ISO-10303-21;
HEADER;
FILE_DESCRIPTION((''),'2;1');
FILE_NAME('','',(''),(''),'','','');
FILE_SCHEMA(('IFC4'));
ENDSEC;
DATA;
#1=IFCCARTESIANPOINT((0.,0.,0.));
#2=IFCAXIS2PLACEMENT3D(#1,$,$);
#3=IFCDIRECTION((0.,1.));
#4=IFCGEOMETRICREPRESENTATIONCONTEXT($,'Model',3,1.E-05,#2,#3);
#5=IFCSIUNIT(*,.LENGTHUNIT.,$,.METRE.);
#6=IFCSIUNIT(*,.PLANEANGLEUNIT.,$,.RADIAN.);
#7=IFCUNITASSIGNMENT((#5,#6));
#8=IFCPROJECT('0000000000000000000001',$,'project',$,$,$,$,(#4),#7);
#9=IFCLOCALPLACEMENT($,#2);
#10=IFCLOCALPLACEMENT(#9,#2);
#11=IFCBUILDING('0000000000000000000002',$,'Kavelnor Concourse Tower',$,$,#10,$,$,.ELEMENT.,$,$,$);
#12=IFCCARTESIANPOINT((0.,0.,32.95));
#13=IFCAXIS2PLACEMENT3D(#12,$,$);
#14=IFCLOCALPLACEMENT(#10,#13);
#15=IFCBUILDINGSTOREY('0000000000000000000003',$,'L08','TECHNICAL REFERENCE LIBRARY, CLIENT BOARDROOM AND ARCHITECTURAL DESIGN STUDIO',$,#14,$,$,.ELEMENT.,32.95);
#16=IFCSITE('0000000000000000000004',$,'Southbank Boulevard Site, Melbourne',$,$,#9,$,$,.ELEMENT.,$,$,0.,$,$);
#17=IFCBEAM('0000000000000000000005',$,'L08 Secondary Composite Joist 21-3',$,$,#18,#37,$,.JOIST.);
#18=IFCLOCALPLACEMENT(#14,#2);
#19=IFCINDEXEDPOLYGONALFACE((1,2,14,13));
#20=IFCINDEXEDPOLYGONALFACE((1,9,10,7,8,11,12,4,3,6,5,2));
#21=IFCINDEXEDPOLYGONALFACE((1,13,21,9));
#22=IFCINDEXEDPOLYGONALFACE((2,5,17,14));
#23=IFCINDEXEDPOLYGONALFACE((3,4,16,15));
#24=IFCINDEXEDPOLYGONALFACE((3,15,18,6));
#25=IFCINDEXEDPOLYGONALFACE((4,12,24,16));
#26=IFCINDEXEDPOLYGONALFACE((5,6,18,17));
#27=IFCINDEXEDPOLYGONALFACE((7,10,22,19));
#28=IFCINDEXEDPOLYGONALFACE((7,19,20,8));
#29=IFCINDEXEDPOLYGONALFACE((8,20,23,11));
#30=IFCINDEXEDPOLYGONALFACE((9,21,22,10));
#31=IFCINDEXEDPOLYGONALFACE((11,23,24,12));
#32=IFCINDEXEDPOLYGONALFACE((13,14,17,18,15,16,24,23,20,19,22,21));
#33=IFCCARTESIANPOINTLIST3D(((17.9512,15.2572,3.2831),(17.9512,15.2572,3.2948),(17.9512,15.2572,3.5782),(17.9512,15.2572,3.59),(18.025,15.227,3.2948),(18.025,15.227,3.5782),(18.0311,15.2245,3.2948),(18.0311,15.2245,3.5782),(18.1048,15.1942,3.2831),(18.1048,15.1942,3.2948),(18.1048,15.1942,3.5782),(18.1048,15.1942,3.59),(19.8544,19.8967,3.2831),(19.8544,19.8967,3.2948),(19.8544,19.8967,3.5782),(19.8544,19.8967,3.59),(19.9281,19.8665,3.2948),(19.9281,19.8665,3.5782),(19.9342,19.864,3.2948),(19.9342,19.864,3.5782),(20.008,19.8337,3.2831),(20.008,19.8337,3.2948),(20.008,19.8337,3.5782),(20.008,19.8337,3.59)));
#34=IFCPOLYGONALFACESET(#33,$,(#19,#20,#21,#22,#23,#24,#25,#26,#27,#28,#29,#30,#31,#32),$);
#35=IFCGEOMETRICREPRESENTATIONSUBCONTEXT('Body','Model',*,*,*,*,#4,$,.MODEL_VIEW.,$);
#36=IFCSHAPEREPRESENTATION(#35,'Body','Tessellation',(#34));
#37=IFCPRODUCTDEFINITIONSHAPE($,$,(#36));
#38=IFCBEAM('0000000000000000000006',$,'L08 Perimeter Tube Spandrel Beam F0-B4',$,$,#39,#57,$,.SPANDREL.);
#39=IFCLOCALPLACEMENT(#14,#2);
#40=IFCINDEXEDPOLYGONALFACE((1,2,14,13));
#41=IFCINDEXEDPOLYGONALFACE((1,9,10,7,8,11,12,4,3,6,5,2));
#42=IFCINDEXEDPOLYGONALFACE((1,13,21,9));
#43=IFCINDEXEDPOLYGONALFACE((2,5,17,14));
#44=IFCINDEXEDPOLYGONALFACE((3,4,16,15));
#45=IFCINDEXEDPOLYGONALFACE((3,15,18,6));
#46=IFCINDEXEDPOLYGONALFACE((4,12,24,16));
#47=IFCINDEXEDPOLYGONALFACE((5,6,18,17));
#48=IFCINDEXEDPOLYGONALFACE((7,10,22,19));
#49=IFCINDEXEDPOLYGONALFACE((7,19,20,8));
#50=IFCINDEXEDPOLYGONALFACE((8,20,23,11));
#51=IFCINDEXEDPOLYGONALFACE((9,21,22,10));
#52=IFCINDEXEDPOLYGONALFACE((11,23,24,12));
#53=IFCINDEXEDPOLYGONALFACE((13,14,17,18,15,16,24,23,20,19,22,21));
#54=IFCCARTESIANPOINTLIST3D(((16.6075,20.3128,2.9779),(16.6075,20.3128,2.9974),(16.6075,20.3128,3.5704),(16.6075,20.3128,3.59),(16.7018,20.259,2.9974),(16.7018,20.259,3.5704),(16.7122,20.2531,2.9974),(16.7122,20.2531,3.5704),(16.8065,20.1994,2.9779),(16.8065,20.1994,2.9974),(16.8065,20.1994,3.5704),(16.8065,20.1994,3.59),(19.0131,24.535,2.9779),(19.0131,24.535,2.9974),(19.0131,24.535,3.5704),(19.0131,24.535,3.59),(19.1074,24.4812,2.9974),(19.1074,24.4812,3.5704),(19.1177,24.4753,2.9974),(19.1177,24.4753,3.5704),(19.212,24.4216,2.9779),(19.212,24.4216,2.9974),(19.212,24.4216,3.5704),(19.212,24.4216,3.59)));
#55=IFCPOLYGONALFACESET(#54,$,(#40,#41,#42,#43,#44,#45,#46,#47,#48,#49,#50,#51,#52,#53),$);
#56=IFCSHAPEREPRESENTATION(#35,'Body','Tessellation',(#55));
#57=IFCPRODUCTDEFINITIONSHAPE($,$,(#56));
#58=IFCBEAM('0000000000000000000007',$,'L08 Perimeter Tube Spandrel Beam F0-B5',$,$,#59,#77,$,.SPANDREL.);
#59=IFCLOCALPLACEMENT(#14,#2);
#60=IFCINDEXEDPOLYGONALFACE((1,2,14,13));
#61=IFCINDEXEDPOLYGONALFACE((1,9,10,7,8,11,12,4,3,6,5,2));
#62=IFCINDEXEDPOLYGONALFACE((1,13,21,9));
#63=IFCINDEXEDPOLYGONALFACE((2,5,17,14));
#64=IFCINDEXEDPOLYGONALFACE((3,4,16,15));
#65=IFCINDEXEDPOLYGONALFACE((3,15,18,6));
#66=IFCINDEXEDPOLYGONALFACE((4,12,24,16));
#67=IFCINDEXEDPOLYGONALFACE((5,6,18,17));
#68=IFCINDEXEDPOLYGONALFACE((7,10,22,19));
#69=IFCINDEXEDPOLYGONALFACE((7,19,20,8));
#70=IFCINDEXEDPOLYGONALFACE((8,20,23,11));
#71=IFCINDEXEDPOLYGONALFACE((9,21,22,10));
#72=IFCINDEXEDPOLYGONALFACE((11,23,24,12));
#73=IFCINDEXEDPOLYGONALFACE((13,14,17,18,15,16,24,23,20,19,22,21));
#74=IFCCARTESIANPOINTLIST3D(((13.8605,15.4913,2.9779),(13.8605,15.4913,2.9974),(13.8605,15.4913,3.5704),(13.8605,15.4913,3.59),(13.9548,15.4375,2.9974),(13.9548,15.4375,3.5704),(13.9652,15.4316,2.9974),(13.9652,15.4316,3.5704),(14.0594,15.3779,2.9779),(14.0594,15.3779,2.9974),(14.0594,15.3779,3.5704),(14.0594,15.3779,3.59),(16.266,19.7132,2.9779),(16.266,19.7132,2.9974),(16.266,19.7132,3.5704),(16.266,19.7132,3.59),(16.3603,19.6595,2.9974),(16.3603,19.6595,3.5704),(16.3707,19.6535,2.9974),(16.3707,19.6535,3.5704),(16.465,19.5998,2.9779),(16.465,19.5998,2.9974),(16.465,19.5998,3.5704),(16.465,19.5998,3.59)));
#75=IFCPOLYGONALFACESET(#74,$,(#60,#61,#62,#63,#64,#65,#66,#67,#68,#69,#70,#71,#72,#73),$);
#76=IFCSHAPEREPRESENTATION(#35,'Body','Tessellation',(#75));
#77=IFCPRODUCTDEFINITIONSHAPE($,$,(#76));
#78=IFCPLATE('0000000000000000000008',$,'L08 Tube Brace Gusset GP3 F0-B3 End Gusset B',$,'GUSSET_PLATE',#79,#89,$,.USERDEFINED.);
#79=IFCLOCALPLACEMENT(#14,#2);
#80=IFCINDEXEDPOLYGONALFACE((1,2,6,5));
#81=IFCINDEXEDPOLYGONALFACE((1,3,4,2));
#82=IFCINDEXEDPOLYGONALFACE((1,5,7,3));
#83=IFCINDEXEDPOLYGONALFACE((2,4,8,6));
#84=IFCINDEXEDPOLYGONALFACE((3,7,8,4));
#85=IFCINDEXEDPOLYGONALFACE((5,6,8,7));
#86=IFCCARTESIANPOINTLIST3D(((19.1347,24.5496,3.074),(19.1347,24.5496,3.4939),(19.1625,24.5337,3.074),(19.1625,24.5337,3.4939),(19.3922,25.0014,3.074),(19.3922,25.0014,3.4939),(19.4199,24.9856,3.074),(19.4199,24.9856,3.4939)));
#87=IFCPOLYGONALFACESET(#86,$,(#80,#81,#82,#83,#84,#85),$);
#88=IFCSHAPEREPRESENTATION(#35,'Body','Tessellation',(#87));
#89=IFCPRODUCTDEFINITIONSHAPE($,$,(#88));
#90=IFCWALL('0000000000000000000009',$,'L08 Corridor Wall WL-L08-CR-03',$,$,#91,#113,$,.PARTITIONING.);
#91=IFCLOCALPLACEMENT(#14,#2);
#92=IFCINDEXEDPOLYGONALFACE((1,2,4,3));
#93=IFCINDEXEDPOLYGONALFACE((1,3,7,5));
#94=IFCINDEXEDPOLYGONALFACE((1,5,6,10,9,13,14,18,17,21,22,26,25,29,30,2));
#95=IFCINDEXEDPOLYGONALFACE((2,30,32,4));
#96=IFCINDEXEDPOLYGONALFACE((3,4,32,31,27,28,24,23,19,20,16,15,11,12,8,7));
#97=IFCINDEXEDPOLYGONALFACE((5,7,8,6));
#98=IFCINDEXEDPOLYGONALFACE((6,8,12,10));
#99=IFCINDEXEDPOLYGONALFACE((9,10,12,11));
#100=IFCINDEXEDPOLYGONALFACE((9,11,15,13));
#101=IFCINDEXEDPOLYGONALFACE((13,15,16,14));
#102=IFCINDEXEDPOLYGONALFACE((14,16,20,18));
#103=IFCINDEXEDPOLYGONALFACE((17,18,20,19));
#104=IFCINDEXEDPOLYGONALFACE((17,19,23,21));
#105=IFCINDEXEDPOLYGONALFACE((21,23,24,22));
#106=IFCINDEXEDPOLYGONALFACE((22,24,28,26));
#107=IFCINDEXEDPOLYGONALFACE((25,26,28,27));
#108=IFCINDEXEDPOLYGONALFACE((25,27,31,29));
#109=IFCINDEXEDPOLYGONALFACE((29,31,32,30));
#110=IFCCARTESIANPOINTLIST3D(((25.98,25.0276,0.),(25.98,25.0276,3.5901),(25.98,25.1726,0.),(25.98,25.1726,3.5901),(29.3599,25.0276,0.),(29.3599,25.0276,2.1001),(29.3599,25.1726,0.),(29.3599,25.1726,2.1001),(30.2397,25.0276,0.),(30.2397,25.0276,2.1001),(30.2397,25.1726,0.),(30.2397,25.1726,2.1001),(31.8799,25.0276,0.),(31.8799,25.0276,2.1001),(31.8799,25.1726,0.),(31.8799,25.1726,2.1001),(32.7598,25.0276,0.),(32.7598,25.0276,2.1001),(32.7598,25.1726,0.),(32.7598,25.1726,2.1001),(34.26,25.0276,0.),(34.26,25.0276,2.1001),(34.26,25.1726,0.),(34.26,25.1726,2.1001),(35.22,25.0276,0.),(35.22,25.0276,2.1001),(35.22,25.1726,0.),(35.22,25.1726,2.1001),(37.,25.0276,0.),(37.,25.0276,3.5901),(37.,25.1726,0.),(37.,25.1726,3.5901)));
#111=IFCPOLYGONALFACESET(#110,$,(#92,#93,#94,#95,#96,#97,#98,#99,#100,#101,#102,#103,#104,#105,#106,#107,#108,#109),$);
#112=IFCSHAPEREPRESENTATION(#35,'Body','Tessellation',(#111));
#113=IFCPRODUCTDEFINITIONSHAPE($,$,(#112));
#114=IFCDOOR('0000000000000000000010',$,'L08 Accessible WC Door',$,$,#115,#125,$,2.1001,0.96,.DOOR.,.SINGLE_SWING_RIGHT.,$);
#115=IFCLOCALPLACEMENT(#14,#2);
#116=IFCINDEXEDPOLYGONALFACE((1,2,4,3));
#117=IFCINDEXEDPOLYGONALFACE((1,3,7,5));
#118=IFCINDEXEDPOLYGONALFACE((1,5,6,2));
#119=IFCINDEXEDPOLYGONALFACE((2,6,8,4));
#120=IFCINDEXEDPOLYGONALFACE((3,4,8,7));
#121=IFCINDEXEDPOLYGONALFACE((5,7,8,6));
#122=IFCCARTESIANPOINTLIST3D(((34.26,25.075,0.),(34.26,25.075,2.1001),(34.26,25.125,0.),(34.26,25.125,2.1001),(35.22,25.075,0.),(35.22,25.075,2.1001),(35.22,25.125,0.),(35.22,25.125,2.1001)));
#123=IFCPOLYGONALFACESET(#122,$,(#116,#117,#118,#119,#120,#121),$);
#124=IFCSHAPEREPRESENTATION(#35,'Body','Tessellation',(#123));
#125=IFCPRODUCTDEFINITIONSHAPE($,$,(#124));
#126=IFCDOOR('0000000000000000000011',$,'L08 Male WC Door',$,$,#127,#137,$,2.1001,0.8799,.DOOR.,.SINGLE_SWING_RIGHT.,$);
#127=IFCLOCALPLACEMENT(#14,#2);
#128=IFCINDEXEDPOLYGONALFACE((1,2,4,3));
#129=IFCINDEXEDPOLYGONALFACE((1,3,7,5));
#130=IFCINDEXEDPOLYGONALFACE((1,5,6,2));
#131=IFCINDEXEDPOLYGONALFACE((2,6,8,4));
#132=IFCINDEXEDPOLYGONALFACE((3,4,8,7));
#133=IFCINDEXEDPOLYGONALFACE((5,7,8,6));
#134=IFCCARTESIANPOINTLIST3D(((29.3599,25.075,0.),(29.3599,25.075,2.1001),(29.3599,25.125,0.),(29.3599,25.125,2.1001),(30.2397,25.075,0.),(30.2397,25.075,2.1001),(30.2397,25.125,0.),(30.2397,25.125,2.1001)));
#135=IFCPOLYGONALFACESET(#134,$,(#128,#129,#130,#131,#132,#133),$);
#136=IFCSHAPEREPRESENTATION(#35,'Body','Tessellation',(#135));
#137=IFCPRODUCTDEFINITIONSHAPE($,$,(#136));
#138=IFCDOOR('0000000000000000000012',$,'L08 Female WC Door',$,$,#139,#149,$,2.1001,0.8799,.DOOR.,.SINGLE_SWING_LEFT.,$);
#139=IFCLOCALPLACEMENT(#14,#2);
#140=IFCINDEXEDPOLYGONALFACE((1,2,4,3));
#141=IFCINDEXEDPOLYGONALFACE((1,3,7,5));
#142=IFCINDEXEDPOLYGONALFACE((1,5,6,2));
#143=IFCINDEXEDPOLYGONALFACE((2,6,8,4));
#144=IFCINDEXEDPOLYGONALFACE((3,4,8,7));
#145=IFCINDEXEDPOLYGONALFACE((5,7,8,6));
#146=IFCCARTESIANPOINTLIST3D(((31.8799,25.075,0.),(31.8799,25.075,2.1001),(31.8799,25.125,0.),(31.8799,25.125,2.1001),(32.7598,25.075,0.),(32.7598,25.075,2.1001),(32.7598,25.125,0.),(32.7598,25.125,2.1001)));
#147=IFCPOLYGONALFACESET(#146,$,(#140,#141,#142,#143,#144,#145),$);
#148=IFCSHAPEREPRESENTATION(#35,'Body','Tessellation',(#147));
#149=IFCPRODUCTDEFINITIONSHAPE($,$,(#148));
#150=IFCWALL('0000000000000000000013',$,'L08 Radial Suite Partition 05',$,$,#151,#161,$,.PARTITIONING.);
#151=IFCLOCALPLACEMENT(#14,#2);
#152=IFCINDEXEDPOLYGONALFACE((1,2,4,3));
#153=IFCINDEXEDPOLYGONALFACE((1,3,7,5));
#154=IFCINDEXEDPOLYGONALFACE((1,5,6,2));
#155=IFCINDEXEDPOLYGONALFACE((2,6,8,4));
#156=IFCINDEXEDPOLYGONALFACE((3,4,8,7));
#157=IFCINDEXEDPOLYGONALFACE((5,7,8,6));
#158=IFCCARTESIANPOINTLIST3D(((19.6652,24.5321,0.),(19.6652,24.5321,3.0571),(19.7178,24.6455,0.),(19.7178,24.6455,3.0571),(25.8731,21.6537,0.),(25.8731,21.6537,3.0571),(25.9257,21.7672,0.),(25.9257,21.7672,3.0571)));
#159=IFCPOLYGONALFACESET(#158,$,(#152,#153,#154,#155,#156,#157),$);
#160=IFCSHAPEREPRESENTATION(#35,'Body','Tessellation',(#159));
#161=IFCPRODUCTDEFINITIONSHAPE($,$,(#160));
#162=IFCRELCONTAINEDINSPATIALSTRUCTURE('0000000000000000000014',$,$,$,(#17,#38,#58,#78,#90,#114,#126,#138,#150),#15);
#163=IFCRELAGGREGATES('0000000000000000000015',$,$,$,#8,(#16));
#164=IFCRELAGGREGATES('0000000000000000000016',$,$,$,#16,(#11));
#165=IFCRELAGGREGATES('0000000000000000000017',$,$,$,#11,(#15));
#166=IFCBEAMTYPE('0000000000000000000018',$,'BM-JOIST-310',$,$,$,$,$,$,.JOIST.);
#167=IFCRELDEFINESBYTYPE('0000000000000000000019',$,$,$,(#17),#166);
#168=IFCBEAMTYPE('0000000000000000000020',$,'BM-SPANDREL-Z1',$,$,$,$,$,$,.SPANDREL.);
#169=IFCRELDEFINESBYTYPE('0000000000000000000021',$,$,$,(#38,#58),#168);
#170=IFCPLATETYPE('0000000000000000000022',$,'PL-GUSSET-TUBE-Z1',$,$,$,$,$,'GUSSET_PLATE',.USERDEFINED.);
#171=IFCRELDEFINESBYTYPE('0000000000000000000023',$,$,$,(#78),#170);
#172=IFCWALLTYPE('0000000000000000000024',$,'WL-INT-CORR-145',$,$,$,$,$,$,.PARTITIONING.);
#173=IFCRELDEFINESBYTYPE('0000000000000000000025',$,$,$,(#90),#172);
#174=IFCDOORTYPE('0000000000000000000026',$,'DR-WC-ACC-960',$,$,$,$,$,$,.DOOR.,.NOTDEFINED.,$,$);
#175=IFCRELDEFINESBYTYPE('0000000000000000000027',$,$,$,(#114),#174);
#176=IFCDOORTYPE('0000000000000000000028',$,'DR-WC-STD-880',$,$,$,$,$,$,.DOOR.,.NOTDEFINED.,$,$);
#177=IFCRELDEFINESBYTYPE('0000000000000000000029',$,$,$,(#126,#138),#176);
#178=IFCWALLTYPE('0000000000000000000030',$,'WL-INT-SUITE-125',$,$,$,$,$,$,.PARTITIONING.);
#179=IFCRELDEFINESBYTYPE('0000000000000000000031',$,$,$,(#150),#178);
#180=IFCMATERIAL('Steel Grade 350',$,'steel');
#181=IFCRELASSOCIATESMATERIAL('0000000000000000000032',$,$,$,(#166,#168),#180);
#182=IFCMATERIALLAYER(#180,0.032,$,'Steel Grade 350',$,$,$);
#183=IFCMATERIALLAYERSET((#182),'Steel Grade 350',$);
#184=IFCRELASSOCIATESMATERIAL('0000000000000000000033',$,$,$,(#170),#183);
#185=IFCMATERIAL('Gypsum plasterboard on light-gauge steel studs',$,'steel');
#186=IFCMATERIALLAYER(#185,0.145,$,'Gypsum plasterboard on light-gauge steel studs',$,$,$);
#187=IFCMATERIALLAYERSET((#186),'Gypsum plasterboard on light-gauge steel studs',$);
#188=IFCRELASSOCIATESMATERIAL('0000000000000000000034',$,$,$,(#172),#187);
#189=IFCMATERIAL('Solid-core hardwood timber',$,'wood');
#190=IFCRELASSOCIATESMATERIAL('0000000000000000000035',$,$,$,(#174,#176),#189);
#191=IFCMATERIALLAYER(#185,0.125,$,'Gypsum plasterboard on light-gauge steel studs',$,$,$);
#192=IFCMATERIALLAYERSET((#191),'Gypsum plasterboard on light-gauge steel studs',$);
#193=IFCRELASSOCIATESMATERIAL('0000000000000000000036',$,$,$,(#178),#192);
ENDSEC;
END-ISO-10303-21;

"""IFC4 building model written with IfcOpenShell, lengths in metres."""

from ifc_helpers import new_model, si_unit, direction, frame, frame_2d, origin, origin_2d, place, context, subcontext, project, spatial, rectangle, i_section, extrude, material, layer, layer_set, material_profile, profile_set, type_object, element, fill, save


model = new_model("IFC4")

# Units and contexts
model_context = context("Model", 3, precision=1e-05, world=origin(), true_north=direction((0.0, 1.0)))
body_context = subcontext(model_context, "Body", "Model", "MODEL_VIEW")
ifc_project = project(units=[si_unit("LENGTHUNIT", "METRE"), si_unit("PLANEANGLEUNIT", "RADIAN")], contexts=[model_context])

# Site, building, storey
site_placement = place(None, origin())
site = spatial("IfcSite", under=ifc_project, at=site_placement, Name="Southbank Boulevard Site, Melbourne", CompositionType="ELEMENT", RefElevation=0.0)
building_placement = place(site_placement, origin())
building = spatial("IfcBuilding", under=site, at=building_placement, Name="Kavelnor Concourse Tower", CompositionType="ELEMENT")
storey_placement = place(building_placement, frame((0.0, 0.0, 32.95)))
storey = spatial("IfcBuildingStorey", under=building, at=storey_placement, Name="L08", Description="TECHNICAL REFERENCE LIBRARY, CLIENT BOARDROOM AND ARCHITECTURAL DESIGN STUDIO", CompositionType="ELEMENT", Elevation=32.95)

# Shared definitions
ifc_material_1 = material(Name="Steel Grade 350", Category="steel")

# Beams
ifc_material_profile_1 = material_profile(ifc_material_1, i_section(OverallWidth=0.166, OverallDepth=0.3069, WebThickness=0.0066, FlangeThickness=0.0117, at=origin_2d()), Name="310UB46")
ifc_profile_set_1 = profile_set([ifc_material_profile_1], Name="Steel Grade 350")
beam_type_1 = type_object("IfcBeamType", Name="BM-JOIST-310", PredefinedType="JOIST", material=ifc_profile_set_1)
beam_1_placement = place(storey_placement, frame((19.9312, 19.8652, 3.4365), z_axis=(-0.37951, -0.925187, 0.0), x_axis=(0.925187, -0.37951, 0.0)))
element("IfcBeam", 1, at=beam_1_placement, inside=storey, type_object=beam_type_1, Name="L08 Secondary Composite Joist 21-3", PredefinedType="JOIST", context=body_context, shape_type="SweptSolid", body=[
    extrude(i_section(OverallWidth=0.166, OverallDepth=0.3069, WebThickness=0.0066, FlangeThickness=0.0117, at=origin_2d()), origin(), (0.0, 0.0, 1.0), 5.0146),
])
ifc_material_profile_2 = material_profile(ifc_material_1, i_section(OverallWidth=0.229, OverallDepth=0.6121, WebThickness=0.012, FlangeThickness=0.0195, at=origin_2d()), Name="610UB125")
ifc_profile_set_2 = profile_set([ifc_material_profile_2], Name="Steel Grade 350")
beam_type_2 = type_object("IfcBeamType", Name="BM-SPANDREL-Z1", PredefinedType="SPANDREL", material=ifc_profile_set_2)
beam_2_placement = place(storey_placement, frame((19.1125, 24.4783, 3.2839), z_axis=(-0.495029, -0.868876, 0.0), x_axis=(0.868876, -0.495029, 0.0)))
element("IfcBeam", 2, at=beam_2_placement, inside=storey, type_object=beam_type_2, Name="L08 Perimeter Tube Spandrel Beam F0-B4", PredefinedType="SPANDREL", context=body_context, shape_type="SweptSolid", body=[
    extrude(i_section(OverallWidth=0.229, OverallDepth=0.6121, WebThickness=0.012, FlangeThickness=0.0195, at=origin_2d()), origin(), (0.0, 0.0, 1.0), 4.8594),
])
beam_3_placement = place(storey_placement, frame((16.3655, 19.6565, 3.2839), z_axis=(-0.495051, -0.868864, 0.0), x_axis=(0.868864, -0.495051, 0.0)))
element("IfcBeam", 3, at=beam_3_placement, inside=storey, type_object=beam_type_2, Name="L08 Perimeter Tube Spandrel Beam F0-B5", PredefinedType="SPANDREL", context=body_context, shape_type="SweptSolid", body=[
    extrude(i_section(OverallWidth=0.229, OverallDepth=0.6121, WebThickness=0.012, FlangeThickness=0.0195, at=origin_2d()), origin(), (0.0, 0.0, 1.0), 4.8591),
])

# Plate
ifc_layer_1 = layer(ifc_material_1, 0.032, Name="Steel Grade 350")
ifc_layer_set_1 = layer_set([ifc_layer_1], Name="Steel Grade 350")
plate_type = type_object("IfcPlateType", Name="PL-GUSSET-TUBE-Z1", ElementType="GUSSET_PLATE", PredefinedType="USERDEFINED", material=ifc_layer_set_1)
plate_placement = place(storey_placement, frame((19.2773, 24.7676, 3.074), z_axis=(0.0, 0.0, 1.0), x_axis=(-0.495004, -0.868891, 0.0)))
element("IfcPlate", 4, at=plate_placement, inside=storey, type_object=plate_type, Name="L08 Tube Brace Gusset GP3 F0-B3 End Gusset B", ObjectType="GUSSET_PLATE", PredefinedType="USERDEFINED", context=body_context, shape_type="SweptSolid", body=[
    extrude(rectangle(XDim=0.52, YDim=0.032, at=origin_2d()), origin(), (0.0, 0.0, 1.0), 0.4199),
])

# Wall, openings, doors
ifc_material_2 = material(Name="Gypsum plasterboard on light-gauge steel studs", Category="steel")
ifc_layer_2 = layer(ifc_material_2, 0.145, Name="Gypsum plasterboard on light-gauge steel studs")
ifc_layer_set_2 = layer_set([ifc_layer_2], Name="Gypsum plasterboard on light-gauge steel studs")
wall_type_1 = type_object("IfcWallType", Name="WL-INT-CORR-145", PredefinedType="PARTITIONING", material=ifc_layer_set_2)
wall_1_placement = place(storey_placement, frame((25.98, 25.1001, 0.0), z_axis=(0.0, 0.0, 1.0), x_axis=(1.0, 0.0, 0.0)))
wall_1 = element("IfcWall", 5, at=wall_1_placement, inside=storey, type_object=wall_type_1, Name="L08 Corridor Wall WL-L08-CR-03", PredefinedType="PARTITIONING", context=body_context, shape_type="SweptSolid", body=[
    extrude(rectangle(XDim=11.02, YDim=0.145, at=frame_2d((5.51, 0.0))), origin(), (0.0, 0.0, 1.0), 3.5901),
])
opening_1_placement = place(wall_1_placement, frame((3.3799, 0.0, 0.0)))
opening_1 = element("IfcOpeningElement", 6, at=opening_1_placement, cuts=wall_1, PredefinedType="OPENING", context=body_context, shape_type="SweptSolid", body=[
    extrude(rectangle(XDim=0.8799, YDim=2.1001, at=frame_2d((0.4399, 1.05))), frame((0.0, 0.0825, 0.0), z_axis=(0.0, -1.0, 0.0), x_axis=(1.0, 0.0, 0.0)), (0.0, 0.0, 1.0), 0.165),
])
opening_2_placement = place(wall_1_placement, frame((5.8999, 0.0, 0.0)))
opening_2 = element("IfcOpeningElement", 7, at=opening_2_placement, cuts=wall_1, PredefinedType="OPENING", context=body_context, shape_type="SweptSolid", body=[
    extrude(rectangle(XDim=0.8799, YDim=2.1001, at=frame_2d((0.4399, 1.05))), frame((0.0, 0.0825, 0.0), z_axis=(0.0, -1.0, 0.0), x_axis=(1.0, 0.0, 0.0)), (0.0, 0.0, 1.0), 0.165),
])
opening_3_placement = place(wall_1_placement, frame((8.28, 0.0, 0.0)))
opening_3 = element("IfcOpeningElement", 8, at=opening_3_placement, cuts=wall_1, PredefinedType="OPENING", context=body_context, shape_type="SweptSolid", body=[
    extrude(rectangle(XDim=0.96, YDim=2.1001, at=frame_2d((0.48, 1.05))), frame((0.0, 0.0825, 0.0), z_axis=(0.0, -1.0, 0.0), x_axis=(1.0, 0.0, 0.0)), (0.0, 0.0, 1.0), 0.165),
])
ifc_material_3 = material(Name="Solid-core hardwood timber", Category="wood")
door_type_1 = type_object("IfcDoorType", Name="DR-WC-ACC-960", OperationType="NOTDEFINED", PredefinedType="DOOR", material=ifc_material_3)
door_1_placement = place(opening_3_placement, origin())
door_1 = element("IfcDoor", 9, at=door_1_placement, inside=storey, type_object=door_type_1, Name="L08 Accessible WC Door", OperationType="SINGLE_SWING_RIGHT", OverallHeight=2.1001, OverallWidth=0.96, PredefinedType="DOOR", context=body_context, shape_type="SweptSolid", body=[
    extrude(rectangle(XDim=0.96, YDim=2.1001, at=frame_2d((0.48, 1.05))), frame((0.0, 0.0249, 0.0), z_axis=(0.0, -1.0, 0.0), x_axis=(1.0, 0.0, 0.0)), (0.0, 0.0, 1.0), 0.05),
])
fill(opening_3, door_1)
door_type_2 = type_object("IfcDoorType", Name="DR-WC-STD-880", OperationType="NOTDEFINED", PredefinedType="DOOR", material=ifc_material_3)
door_2_placement = place(opening_1_placement, origin())
door_2 = element("IfcDoor", 10, at=door_2_placement, inside=storey, type_object=door_type_2, Name="L08 Male WC Door", OperationType="SINGLE_SWING_RIGHT", OverallHeight=2.1001, OverallWidth=0.8799, PredefinedType="DOOR", context=body_context, shape_type="SweptSolid", body=[
    extrude(rectangle(XDim=0.8799, YDim=2.1001, at=frame_2d((0.4399, 1.05))), frame((0.0, 0.0249, 0.0), z_axis=(0.0, -1.0, 0.0), x_axis=(1.0, 0.0, 0.0)), (0.0, 0.0, 1.0), 0.05),
])
fill(opening_1, door_2)
door_3_placement = place(opening_2_placement, origin())
door_3 = element("IfcDoor", 11, at=door_3_placement, inside=storey, type_object=door_type_2, Name="L08 Female WC Door", OperationType="SINGLE_SWING_LEFT", OverallHeight=2.1001, OverallWidth=0.8799, PredefinedType="DOOR", context=body_context, shape_type="SweptSolid", body=[
    extrude(rectangle(XDim=0.8799, YDim=2.1001, at=frame_2d((0.4399, 1.05))), frame((0.0, 0.0249, 0.0), z_axis=(0.0, -1.0, 0.0), x_axis=(1.0, 0.0, 0.0)), (0.0, 0.0, 1.0), 0.05),
])
fill(opening_2, door_3)

# Wall
ifc_layer_3 = layer(ifc_material_2, 0.125, Name="Gypsum plasterboard on light-gauge steel studs")
ifc_layer_set_3 = layer_set([ifc_layer_3], Name="Gypsum plasterboard on light-gauge steel studs")
wall_type_2 = type_object("IfcWallType", Name="WL-INT-SUITE-125", PredefinedType="PARTITIONING", material=ifc_layer_set_3)
wall_2_placement = place(storey_placement, frame((25.8994, 21.7104, 0.0), z_axis=(0.0, 0.0, 1.0), x_axis=(-0.907225, 0.420646, 0.0)))
element("IfcWall", 12, at=wall_2_placement, inside=storey, type_object=wall_type_2, Name="L08 Radial Suite Partition 05", PredefinedType="PARTITIONING", context=body_context, shape_type="SweptSolid", body=[
    extrude(rectangle(XDim=6.8428, YDim=0.125, at=frame_2d((3.4214, 0.0))), origin(), (0.0, 0.0, 1.0), 3.0571),
])

save(model, "model.ifc")
